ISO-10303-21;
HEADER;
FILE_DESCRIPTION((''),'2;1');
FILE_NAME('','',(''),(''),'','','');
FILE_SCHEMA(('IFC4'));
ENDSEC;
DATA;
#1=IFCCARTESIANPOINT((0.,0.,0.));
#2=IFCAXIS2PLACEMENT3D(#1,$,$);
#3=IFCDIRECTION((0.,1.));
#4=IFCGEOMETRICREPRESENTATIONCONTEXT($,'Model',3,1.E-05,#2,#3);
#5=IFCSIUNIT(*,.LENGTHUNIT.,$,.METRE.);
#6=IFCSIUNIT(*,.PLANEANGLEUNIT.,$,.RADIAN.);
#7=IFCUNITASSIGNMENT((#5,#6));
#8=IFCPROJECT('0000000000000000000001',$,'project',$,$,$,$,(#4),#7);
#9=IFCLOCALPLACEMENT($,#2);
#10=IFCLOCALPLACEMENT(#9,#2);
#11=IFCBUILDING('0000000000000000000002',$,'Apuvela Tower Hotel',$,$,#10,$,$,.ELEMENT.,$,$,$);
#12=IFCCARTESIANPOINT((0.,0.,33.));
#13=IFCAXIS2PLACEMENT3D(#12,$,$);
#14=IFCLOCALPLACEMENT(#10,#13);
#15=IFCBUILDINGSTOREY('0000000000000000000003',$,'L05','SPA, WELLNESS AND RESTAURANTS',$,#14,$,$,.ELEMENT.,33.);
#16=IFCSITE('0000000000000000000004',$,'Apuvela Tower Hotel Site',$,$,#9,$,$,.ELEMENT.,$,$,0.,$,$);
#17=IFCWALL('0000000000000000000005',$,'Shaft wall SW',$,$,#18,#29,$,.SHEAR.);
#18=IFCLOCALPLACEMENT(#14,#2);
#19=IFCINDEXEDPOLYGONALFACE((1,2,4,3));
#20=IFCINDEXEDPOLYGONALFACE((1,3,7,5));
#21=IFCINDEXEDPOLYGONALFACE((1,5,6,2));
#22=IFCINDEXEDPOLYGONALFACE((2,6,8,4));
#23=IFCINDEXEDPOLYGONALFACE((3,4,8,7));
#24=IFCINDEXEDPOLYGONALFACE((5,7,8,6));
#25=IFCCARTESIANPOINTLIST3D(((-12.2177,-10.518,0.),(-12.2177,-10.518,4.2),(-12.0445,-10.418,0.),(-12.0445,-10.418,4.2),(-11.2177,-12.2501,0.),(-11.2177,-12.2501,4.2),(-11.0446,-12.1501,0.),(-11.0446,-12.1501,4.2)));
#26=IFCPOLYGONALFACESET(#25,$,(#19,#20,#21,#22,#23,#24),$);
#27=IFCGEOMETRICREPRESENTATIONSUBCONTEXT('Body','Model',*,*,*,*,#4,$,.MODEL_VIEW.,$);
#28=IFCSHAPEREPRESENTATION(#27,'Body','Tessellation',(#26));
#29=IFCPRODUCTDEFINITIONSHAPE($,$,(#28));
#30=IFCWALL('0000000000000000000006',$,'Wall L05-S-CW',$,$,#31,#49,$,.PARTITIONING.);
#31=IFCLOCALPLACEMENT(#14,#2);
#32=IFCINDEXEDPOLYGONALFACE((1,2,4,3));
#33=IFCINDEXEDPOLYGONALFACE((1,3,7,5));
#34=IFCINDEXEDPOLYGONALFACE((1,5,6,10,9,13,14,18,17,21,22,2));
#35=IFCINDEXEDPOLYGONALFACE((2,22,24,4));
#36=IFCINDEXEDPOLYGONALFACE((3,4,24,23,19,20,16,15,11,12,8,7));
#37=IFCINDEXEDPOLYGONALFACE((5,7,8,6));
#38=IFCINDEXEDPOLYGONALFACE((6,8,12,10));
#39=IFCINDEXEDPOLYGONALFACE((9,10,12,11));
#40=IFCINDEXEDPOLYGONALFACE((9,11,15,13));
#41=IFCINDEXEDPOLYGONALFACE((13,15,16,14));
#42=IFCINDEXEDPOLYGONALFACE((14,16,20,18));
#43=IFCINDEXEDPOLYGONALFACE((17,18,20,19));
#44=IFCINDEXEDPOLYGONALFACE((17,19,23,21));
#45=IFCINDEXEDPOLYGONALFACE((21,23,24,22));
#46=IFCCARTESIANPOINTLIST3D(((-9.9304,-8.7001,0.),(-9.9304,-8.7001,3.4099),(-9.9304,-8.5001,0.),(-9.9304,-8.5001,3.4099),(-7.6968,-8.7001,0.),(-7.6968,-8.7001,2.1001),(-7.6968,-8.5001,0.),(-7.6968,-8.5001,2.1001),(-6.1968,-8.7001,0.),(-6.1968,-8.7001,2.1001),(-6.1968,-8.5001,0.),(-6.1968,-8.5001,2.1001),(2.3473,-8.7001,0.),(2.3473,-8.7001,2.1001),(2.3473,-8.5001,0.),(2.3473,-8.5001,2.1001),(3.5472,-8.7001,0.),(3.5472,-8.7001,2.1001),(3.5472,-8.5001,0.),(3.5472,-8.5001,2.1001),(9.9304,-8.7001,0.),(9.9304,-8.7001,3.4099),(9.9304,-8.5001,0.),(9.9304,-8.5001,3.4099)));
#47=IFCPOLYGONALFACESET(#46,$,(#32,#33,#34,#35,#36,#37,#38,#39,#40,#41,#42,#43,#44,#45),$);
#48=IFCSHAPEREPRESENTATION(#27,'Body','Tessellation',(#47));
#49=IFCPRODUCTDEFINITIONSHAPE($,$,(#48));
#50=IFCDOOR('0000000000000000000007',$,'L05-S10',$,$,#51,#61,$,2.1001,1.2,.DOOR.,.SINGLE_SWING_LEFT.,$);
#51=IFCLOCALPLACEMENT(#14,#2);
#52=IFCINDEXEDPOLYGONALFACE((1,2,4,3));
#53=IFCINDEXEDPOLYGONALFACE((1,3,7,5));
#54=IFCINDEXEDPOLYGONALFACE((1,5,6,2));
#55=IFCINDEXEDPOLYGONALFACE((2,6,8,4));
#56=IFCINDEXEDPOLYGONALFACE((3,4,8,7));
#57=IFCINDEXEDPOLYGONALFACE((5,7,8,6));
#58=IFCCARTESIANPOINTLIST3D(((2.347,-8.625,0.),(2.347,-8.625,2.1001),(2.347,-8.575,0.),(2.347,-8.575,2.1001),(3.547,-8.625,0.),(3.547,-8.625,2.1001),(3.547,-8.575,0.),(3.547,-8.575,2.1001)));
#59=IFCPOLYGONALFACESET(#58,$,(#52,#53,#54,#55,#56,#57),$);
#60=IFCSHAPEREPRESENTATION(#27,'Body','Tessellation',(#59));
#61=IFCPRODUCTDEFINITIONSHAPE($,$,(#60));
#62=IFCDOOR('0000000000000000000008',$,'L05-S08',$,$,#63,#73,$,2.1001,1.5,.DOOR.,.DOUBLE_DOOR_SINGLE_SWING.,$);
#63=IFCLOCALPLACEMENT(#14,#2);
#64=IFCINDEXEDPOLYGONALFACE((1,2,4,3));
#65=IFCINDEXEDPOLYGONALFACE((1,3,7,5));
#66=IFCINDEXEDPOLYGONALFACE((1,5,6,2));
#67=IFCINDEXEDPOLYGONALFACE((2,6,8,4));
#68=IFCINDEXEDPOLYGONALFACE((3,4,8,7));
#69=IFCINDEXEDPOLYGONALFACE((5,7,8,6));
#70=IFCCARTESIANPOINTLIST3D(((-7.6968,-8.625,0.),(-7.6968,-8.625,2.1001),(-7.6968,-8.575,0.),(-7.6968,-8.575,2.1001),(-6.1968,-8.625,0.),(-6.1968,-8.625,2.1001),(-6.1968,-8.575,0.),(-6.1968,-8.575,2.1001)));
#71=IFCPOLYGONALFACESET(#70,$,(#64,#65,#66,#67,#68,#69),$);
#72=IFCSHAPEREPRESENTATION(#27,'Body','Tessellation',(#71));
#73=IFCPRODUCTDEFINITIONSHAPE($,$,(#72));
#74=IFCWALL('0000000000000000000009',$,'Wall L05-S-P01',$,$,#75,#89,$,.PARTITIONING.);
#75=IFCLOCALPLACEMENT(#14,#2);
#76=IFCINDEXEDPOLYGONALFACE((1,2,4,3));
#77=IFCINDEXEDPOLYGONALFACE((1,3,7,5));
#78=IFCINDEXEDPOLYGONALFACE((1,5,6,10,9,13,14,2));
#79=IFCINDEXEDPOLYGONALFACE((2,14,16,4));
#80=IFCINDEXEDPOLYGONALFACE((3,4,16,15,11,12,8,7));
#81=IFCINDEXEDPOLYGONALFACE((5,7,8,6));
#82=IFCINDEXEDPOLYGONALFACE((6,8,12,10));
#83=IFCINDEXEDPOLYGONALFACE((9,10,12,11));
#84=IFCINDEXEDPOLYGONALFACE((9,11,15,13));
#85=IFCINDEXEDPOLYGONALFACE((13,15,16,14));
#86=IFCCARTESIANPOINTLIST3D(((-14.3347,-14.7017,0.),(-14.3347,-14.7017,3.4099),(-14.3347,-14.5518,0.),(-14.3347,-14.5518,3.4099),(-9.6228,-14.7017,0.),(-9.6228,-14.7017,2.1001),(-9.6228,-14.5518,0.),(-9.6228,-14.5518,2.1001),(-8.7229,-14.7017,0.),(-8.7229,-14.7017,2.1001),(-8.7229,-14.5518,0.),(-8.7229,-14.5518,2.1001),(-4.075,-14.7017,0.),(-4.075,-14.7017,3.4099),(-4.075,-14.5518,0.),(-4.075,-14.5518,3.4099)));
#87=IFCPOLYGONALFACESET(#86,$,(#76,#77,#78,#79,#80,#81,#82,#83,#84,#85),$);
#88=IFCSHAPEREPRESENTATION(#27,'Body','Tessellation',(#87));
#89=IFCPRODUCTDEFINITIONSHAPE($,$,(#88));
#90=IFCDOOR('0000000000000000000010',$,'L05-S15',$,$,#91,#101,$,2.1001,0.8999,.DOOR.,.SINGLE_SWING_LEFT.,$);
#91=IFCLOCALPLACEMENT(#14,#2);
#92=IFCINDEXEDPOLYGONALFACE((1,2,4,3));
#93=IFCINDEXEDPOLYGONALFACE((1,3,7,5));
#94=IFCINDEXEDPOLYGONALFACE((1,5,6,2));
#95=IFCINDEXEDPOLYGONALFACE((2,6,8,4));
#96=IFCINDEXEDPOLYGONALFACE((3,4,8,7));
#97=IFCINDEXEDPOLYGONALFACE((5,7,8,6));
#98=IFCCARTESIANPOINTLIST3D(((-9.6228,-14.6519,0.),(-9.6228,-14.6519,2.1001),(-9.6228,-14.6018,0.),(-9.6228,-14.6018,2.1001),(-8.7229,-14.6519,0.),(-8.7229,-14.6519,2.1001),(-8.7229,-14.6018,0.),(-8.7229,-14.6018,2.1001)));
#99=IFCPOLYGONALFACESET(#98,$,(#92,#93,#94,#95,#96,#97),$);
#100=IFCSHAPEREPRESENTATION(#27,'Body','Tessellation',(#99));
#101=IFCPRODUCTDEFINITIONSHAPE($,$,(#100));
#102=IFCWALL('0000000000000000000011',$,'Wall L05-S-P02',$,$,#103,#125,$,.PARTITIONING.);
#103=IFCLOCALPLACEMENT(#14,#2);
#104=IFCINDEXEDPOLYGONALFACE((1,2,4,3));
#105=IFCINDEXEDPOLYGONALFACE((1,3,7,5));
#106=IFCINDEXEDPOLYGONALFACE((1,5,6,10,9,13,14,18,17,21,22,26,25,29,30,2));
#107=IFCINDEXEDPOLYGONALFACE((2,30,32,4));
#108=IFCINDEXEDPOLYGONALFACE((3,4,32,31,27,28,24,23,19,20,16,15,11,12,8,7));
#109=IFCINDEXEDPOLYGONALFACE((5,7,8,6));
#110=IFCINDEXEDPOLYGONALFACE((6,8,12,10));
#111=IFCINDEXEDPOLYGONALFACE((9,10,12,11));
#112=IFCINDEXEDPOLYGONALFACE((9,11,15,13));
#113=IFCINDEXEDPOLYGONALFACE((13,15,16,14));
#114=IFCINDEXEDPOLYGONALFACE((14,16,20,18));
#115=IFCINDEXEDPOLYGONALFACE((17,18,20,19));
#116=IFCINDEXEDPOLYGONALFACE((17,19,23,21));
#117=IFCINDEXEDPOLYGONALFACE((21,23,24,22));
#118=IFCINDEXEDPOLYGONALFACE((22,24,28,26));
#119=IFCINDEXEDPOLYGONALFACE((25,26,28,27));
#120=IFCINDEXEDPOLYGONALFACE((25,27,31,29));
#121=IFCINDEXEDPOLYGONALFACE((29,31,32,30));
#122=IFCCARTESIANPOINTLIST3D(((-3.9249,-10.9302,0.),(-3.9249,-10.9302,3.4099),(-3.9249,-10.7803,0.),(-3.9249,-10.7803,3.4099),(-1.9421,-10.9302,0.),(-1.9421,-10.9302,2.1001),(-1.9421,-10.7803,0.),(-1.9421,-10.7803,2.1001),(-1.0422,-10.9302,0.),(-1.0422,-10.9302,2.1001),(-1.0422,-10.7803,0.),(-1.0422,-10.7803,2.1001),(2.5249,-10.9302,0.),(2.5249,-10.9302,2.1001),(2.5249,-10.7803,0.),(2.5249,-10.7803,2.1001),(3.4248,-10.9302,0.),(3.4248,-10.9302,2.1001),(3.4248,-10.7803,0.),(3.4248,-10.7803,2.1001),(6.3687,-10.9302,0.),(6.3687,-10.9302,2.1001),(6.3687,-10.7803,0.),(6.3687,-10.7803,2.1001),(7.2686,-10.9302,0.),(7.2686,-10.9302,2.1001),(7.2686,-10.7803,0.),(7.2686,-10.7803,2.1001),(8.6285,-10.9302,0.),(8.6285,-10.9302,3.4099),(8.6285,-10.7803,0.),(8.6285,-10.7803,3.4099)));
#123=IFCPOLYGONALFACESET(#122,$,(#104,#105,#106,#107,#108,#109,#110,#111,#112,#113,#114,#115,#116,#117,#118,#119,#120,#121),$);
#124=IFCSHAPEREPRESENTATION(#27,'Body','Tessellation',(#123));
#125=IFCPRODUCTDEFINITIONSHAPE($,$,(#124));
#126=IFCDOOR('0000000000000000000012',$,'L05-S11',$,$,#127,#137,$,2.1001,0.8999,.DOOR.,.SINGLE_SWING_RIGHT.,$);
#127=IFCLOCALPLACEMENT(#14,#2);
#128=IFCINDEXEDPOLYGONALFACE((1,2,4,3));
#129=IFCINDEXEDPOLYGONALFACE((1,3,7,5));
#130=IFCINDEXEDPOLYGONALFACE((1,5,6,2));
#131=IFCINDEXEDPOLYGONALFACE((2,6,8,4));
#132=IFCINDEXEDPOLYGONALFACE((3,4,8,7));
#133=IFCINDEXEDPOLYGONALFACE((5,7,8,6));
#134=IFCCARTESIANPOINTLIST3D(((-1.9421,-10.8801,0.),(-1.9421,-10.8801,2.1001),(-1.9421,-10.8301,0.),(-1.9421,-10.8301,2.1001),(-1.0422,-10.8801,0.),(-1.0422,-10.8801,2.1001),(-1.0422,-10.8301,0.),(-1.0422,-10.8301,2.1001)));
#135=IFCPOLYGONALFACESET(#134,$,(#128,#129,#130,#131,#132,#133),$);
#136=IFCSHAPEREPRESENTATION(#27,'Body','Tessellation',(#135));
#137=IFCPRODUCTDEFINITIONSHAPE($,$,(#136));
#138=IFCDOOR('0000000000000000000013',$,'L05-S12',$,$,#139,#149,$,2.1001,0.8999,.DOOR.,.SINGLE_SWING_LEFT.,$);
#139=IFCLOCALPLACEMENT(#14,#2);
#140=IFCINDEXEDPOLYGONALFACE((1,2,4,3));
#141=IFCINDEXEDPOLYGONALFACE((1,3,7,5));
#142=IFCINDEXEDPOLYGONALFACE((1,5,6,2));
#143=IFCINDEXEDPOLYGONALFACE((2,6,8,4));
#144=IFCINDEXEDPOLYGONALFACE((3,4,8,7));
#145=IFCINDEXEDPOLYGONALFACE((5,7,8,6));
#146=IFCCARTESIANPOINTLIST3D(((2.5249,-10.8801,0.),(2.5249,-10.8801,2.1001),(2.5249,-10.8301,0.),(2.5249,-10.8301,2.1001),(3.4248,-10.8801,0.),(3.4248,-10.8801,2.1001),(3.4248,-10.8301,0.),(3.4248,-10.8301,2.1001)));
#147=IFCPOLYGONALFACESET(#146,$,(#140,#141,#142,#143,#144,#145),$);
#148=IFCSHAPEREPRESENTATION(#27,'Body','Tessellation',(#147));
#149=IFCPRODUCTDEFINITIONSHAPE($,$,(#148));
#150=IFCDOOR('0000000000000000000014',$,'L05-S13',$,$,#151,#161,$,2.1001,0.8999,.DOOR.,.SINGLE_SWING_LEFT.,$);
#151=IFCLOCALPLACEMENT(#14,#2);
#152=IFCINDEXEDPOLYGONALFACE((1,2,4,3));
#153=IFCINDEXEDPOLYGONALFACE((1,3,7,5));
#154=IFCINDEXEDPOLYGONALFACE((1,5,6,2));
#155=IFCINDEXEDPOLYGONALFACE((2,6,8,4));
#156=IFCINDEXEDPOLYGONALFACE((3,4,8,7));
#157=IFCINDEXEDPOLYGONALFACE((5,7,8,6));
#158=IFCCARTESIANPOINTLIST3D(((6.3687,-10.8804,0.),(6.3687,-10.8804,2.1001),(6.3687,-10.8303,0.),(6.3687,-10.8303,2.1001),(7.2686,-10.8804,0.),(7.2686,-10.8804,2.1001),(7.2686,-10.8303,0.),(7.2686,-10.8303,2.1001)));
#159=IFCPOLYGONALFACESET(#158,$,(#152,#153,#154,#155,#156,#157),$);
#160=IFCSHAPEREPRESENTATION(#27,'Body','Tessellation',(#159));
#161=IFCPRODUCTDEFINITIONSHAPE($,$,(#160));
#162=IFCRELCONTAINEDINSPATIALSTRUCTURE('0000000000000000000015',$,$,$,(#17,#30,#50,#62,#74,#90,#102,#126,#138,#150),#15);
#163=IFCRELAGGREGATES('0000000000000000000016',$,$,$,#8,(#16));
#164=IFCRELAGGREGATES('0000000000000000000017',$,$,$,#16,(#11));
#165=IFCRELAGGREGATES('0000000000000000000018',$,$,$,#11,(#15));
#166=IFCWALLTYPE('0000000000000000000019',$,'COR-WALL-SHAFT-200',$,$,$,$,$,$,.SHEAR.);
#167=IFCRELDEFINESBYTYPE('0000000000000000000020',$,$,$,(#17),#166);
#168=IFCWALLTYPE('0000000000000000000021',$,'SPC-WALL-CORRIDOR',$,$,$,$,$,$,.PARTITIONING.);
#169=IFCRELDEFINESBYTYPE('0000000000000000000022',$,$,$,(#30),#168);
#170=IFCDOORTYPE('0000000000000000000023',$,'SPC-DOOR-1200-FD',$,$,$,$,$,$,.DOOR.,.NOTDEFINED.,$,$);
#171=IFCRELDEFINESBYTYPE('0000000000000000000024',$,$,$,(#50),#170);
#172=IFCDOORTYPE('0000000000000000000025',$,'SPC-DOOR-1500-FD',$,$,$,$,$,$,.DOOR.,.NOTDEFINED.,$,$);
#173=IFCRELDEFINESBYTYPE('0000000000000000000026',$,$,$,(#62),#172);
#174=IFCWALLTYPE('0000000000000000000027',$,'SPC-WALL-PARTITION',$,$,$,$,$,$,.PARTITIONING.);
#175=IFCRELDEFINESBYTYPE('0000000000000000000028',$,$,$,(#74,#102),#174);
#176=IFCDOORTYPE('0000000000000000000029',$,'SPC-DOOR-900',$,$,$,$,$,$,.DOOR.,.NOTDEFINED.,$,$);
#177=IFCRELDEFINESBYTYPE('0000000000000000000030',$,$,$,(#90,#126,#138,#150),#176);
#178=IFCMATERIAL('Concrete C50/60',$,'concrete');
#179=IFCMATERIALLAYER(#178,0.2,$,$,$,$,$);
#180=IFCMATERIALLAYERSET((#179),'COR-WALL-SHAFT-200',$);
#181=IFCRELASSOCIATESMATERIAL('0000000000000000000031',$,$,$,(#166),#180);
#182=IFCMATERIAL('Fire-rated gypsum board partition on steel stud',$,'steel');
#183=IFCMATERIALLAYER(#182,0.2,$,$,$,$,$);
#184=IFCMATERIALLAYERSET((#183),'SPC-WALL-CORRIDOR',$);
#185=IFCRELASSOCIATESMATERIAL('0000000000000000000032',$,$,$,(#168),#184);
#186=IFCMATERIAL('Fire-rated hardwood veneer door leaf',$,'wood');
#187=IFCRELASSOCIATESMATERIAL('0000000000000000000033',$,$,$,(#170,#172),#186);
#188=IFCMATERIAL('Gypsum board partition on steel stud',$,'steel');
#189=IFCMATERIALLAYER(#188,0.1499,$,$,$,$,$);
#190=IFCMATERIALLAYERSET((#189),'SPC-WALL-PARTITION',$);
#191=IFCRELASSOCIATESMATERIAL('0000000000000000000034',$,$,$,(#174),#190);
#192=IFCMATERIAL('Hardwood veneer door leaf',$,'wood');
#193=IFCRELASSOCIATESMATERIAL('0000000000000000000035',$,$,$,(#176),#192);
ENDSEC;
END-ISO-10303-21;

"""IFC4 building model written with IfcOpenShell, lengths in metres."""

from ifc_helpers import new_model, si_unit, direction, frame, frame_2d, origin, place, context, subcontext, project, spatial, rectangle, extrude, material, layer, layer_set, type_object, element, fill, save


model = new_model("IFC4")

# Units and contexts
model_context = context("Model", 3, precision=1e-05, world=origin(), true_north=direction((0.0, 1.0)))
body_context = subcontext(model_context, "Body", "Model", "MODEL_VIEW")
ifc_project = project(units=[si_unit("LENGTHUNIT", "METRE"), si_unit("PLANEANGLEUNIT", "RADIAN")], contexts=[model_context])

# Site, building, storey
site_placement = place(None, origin())
site = spatial("IfcSite", under=ifc_project, at=site_placement, Name="Apuvela Tower Hotel Site", CompositionType="ELEMENT", RefElevation=0.0)
building_placement = place(site_placement, origin())
building = spatial("IfcBuilding", under=site, at=building_placement, Name="Apuvela Tower Hotel", CompositionType="ELEMENT")
storey_placement = place(building_placement, frame((0.0, 0.0, 33.0)))
storey = spatial("IfcBuildingStorey", under=building, at=storey_placement, Name="L05", Description="SPA, WELLNESS AND RESTAURANTS", CompositionType="ELEMENT", Elevation=33.0)

# Shared definitions
ifc_material_1 = material(Name="Concrete C50/60", Category="concrete")

# Shared definitions
ifc_layer_1 = layer(ifc_material_1, 0.2)
ifc_layer_set_1 = layer_set([ifc_layer_1], Name="COR-WALL-SHAFT-200")
wall_type_1 = type_object("IfcWallType", Name="COR-WALL-SHAFT-200", PredefinedType="SHEAR", material=ifc_layer_set_1)

# Wall
wall_1_placement = place(storey_placement, frame((-12.1311, -10.468, 0.0), z_axis=(0.0, 0.0, 1.0), x_axis=(0.499973, -0.866041, 0.0)))
element("IfcWall", 1, at=wall_1_placement, inside=storey, type_object=wall_type_1, Name="Shaft wall SW", PredefinedType="SHEAR", context=body_context, shape_type="SweptSolid", body=[
    extrude(rectangle(XDim=2.0, YDim=0.2, at=frame_2d((1.0, 0.0))), origin(), (0.0, 0.0, 1.0), 4.2),
])

# Wall, openings, doors
ifc_material_2 = material(Name="Fire-rated gypsum board partition on steel stud", Category="steel")
ifc_layer_2 = layer(ifc_material_2, 0.2)
ifc_layer_set_2 = layer_set([ifc_layer_2], Name="SPC-WALL-CORRIDOR")
wall_type_2 = type_object("IfcWallType", Name="SPC-WALL-CORRIDOR", PredefinedType="PARTITIONING", material=ifc_layer_set_2)
wall_2_placement = place(storey_placement, frame((-9.9304, -8.6001, 0.0), z_axis=(0.0, 0.0, 1.0), x_axis=(1.0, 0.0, 0.0)))
wall_2 = element("IfcWall", 2, at=wall_2_placement, inside=storey, type_object=wall_type_2, Name="Wall L05-S-CW", PredefinedType="PARTITIONING", context=body_context, shape_type="SweptSolid", body=[
    extrude(rectangle(XDim=19.8608, YDim=0.2, at=frame_2d((9.9304, 0.0))), origin(), (0.0, 0.0, 1.0), 3.4099),
])
opening_1_placement = place(wall_2_placement, frame((2.2336, 0.0, 0.0)))
opening_1 = element("IfcOpeningElement", 3, at=opening_1_placement, cuts=wall_2, PredefinedType="OPENING", context=body_context, shape_type="SweptSolid", body=[
    extrude(rectangle(XDim=1.5, YDim=2.1001, at=frame_2d((0.75, 1.05))), frame((0.0, 0.1099, 0.0), z_axis=(0.0, -1.0, 0.0), x_axis=(1.0, 0.0, 0.0)), (0.0, 0.0, 1.0), 0.22),
])
opening_2_placement = place(wall_2_placement, frame((12.2776, 0.0, 0.0)))
opening_2 = element("IfcOpeningElement", 4, at=opening_2_placement, cuts=wall_2, PredefinedType="OPENING", context=body_context, shape_type="SweptSolid", body=[
    extrude(rectangle(XDim=1.2, YDim=2.1001, at=frame_2d((0.6001, 1.05))), frame((0.0, 0.1099, 0.0), z_axis=(0.0, -1.0, 0.0), x_axis=(1.0, 0.0, 0.0)), (0.0, 0.0, 1.0), 0.22),
])
ifc_material_3 = material(Name="Fire-rated hardwood veneer door leaf", Category="wood")
door_type_1 = type_object("IfcDoorType", Name="SPC-DOOR-1200-FD", OperationType="NOTDEFINED", PredefinedType="DOOR", material=ifc_material_3)
door_1_placement = place(opening_2_placement, frame((1.2, 0.0, 0.0), z_axis=(0.0, 0.0, 1.0), x_axis=(-1.0, 0.0, 0.0)))
door_1 = element("IfcDoor", 5, at=door_1_placement, inside=storey, type_object=door_type_1, Name="L05-S10", OperationType="SINGLE_SWING_LEFT", OverallHeight=2.1001, OverallWidth=1.2, PredefinedType="DOOR", context=body_context, shape_type="SweptSolid", body=[
    extrude(rectangle(XDim=1.2, YDim=2.1001, at=frame_2d((0.6001, 1.05))), frame((0.0, 0.0249, 0.0), z_axis=(0.0, -1.0, 0.0), x_axis=(1.0, 0.0, 0.0)), (0.0, 0.0, 1.0), 0.05),
])
fill(opening_2, door_1)
door_type_2 = type_object("IfcDoorType", Name="SPC-DOOR-1500-FD", OperationType="NOTDEFINED", PredefinedType="DOOR", material=ifc_material_3)
door_2_placement = place(opening_1_placement, frame((1.5, 0.0, 0.0), z_axis=(0.0, 0.0, 1.0), x_axis=(-1.0, 0.0, 0.0)))
door_2 = element("IfcDoor", 6, at=door_2_placement, inside=storey, type_object=door_type_2, Name="L05-S08", OperationType="DOUBLE_DOOR_SINGLE_SWING", OverallHeight=2.1001, OverallWidth=1.5, PredefinedType="DOOR", context=body_context, shape_type="SweptSolid", body=[
    extrude(rectangle(XDim=1.5, YDim=2.1001, at=frame_2d((0.75, 1.05))), frame((0.0, 0.0249, 0.0), z_axis=(0.0, -1.0, 0.0), x_axis=(1.0, 0.0, 0.0)), (0.0, 0.0, 1.0), 0.05),
])
fill(opening_1, door_2)

# Wall, opening, door
ifc_material_4 = material(Name="Gypsum board partition on steel stud", Category="steel")
ifc_layer_3 = layer(ifc_material_4, 0.1499)
ifc_layer_set_3 = layer_set([ifc_layer_3], Name="SPC-WALL-PARTITION")
wall_type_3 = type_object("IfcWallType", Name="SPC-WALL-PARTITION", PredefinedType="PARTITIONING", material=ifc_layer_set_3)
wall_3_placement = place(storey_placement, frame((-14.3347, -14.6267, 0.0), z_axis=(0.0, 0.0, 1.0), x_axis=(1.0, 0.0, 0.0)))
wall_3 = element("IfcWall", 7, at=wall_3_placement, inside=storey, type_object=wall_type_3, Name="Wall L05-S-P01", PredefinedType="PARTITIONING", context=body_context, shape_type="SweptSolid", body=[
    extrude(rectangle(XDim=10.2598, YDim=0.1499, at=frame_2d((5.1299, 0.0))), origin(), (0.0, 0.0, 1.0), 3.4099),
])
opening_3_placement = place(wall_3_placement, frame((4.7119, 0.0, 0.0)))
opening_3 = element("IfcOpeningElement", 8, at=opening_3_placement, cuts=wall_3, PredefinedType="OPENING", context=body_context, shape_type="SweptSolid", body=[
    extrude(rectangle(XDim=0.8999, YDim=2.1001, at=frame_2d((0.45, 1.05))), frame((0.0, 0.085, 0.0), z_axis=(0.0, -1.0, 0.0), x_axis=(1.0, 0.0, 0.0)), (0.0, 0.0, 1.0), 0.1699),
])
ifc_material_5 = material(Name="Hardwood veneer door leaf", Category="wood")
door_type_3 = type_object("IfcDoorType", Name="SPC-DOOR-900", OperationType="NOTDEFINED", PredefinedType="DOOR", material=ifc_material_5)
door_3_placement = place(opening_3_placement, origin())
door_3 = element("IfcDoor", 9, at=door_3_placement, inside=storey, type_object=door_type_3, Name="L05-S15", OperationType="SINGLE_SWING_LEFT", OverallHeight=2.1001, OverallWidth=0.8999, PredefinedType="DOOR", context=body_context, shape_type="SweptSolid", body=[
    extrude(rectangle(XDim=0.8999, YDim=2.1001, at=frame_2d((0.45, 1.05))), frame((0.0, 0.0249, 0.0), z_axis=(0.0, -1.0, 0.0), x_axis=(1.0, 0.0, 0.0)), (0.0, 0.0, 1.0), 0.05),
])
fill(opening_3, door_3)

# Wall, openings, doors
wall_4_placement = place(storey_placement, frame((-3.925, -10.8552, 0.0), z_axis=(0.0, 0.0, 1.0), x_axis=(1.0, 0.0, 0.0)))
wall_4 = element("IfcWall", 10, at=wall_4_placement, inside=storey, type_object=wall_type_3, Name="Wall L05-S-P02", PredefinedType="PARTITIONING", context=body_context, shape_type="SweptSolid", body=[
    extrude(rectangle(XDim=12.5535, YDim=0.1499, at=frame_2d((6.2769, 0.0))), origin(), (0.0, 0.0, 1.0), 3.4099),
])
opening_4_placement = place(wall_4_placement, frame((1.9829, 0.0, 0.0)))
opening_4 = element("IfcOpeningElement", 11, at=opening_4_placement, cuts=wall_4, PredefinedType="OPENING", context=body_context, shape_type="SweptSolid", body=[
    extrude(rectangle(XDim=0.8999, YDim=2.1001, at=frame_2d((0.45, 1.05))), frame((0.0, 0.085, 0.0), z_axis=(0.0, -1.0, 0.0), x_axis=(1.0, 0.0, 0.0)), (0.0, 0.0, 1.0), 0.1699),
])
opening_5_placement = place(wall_4_placement, frame((6.45, 0.0, 0.0)))
opening_5 = element("IfcOpeningElement", 12, at=opening_5_placement, cuts=wall_4, PredefinedType="OPENING", context=body_context, shape_type="SweptSolid", body=[
    extrude(rectangle(XDim=0.8999, YDim=2.1001, at=frame_2d((0.45, 1.05))), frame((0.0, 0.085, 0.0), z_axis=(0.0, -1.0, 0.0), x_axis=(1.0, 0.0, 0.0)), (0.0, 0.0, 1.0), 0.1699),
])
opening_6_placement = place(wall_4_placement, frame((10.2937, 0.0, 0.0)))
opening_6 = element("IfcOpeningElement", 13, at=opening_6_placement, cuts=wall_4, PredefinedType="OPENING", context=body_context, shape_type="SweptSolid", body=[
    extrude(rectangle(XDim=0.8999, YDim=2.1001, at=frame_2d((0.45, 1.05))), frame((0.0, 0.085, 0.0), z_axis=(0.0, -1.0, 0.0), x_axis=(1.0, 0.0, 0.0)), (0.0, 0.0, 1.0), 0.1699),
])
door_4_placement = place(opening_4_placement, frame((0.8999, 0.0, 0.0), z_axis=(0.0, 0.0, 1.0), x_axis=(-1.0, 0.0, 0.0)))
door_4 = element("IfcDoor", 14, at=door_4_placement, inside=storey, type_object=door_type_3, Name="L05-S11", OperationType="SINGLE_SWING_RIGHT", OverallHeight=2.1001, OverallWidth=0.8999, PredefinedType="DOOR", context=body_context, shape_type="SweptSolid", body=[
    extrude(rectangle(XDim=0.8999, YDim=2.1001, at=frame_2d((0.45, 1.05))), frame((0.0, 0.0249, 0.0), z_axis=(0.0, -1.0, 0.0), x_axis=(1.0, 0.0, 0.0)), (0.0, 0.0, 1.0), 0.05),
])
fill(opening_4, door_4)
door_5_placement = place(opening_5_placement, frame((0.8999, 0.0, 0.0), z_axis=(0.0, 0.0, 1.0), x_axis=(-1.0, 0.0, 0.0)))
door_5 = element("IfcDoor", 15, at=door_5_placement, inside=storey, type_object=door_type_3, Name="L05-S12", OperationType="SINGLE_SWING_LEFT", OverallHeight=2.1001, OverallWidth=0.8999, PredefinedType="DOOR", context=body_context, shape_type="SweptSolid", body=[
    extrude(rectangle(XDim=0.8999, YDim=2.1001, at=frame_2d((0.45, 1.05))), frame((0.0, 0.0249, 0.0), z_axis=(0.0, -1.0, 0.0), x_axis=(1.0, 0.0, 0.0)), (0.0, 0.0, 1.0), 0.05),
])
fill(opening_5, door_5)
door_6_placement = place(opening_6_placement, origin())
door_6 = element("IfcDoor", 16, at=door_6_placement, inside=storey, type_object=door_type_3, Name="L05-S13", OperationType="SINGLE_SWING_LEFT", OverallHeight=2.1001, OverallWidth=0.8999, PredefinedType="DOOR", context=body_context, shape_type="SweptSolid", body=[
    extrude(rectangle(XDim=0.8999, YDim=2.1001, at=frame_2d((0.45, 1.05))), frame((0.0, 0.0249, 0.0), z_axis=(0.0, -1.0, 0.0), x_axis=(1.0, 0.0, 0.0)), (0.0, 0.0, 1.0), 0.05),
])
fill(opening_6, door_6)

save(model, "model.ifc")
